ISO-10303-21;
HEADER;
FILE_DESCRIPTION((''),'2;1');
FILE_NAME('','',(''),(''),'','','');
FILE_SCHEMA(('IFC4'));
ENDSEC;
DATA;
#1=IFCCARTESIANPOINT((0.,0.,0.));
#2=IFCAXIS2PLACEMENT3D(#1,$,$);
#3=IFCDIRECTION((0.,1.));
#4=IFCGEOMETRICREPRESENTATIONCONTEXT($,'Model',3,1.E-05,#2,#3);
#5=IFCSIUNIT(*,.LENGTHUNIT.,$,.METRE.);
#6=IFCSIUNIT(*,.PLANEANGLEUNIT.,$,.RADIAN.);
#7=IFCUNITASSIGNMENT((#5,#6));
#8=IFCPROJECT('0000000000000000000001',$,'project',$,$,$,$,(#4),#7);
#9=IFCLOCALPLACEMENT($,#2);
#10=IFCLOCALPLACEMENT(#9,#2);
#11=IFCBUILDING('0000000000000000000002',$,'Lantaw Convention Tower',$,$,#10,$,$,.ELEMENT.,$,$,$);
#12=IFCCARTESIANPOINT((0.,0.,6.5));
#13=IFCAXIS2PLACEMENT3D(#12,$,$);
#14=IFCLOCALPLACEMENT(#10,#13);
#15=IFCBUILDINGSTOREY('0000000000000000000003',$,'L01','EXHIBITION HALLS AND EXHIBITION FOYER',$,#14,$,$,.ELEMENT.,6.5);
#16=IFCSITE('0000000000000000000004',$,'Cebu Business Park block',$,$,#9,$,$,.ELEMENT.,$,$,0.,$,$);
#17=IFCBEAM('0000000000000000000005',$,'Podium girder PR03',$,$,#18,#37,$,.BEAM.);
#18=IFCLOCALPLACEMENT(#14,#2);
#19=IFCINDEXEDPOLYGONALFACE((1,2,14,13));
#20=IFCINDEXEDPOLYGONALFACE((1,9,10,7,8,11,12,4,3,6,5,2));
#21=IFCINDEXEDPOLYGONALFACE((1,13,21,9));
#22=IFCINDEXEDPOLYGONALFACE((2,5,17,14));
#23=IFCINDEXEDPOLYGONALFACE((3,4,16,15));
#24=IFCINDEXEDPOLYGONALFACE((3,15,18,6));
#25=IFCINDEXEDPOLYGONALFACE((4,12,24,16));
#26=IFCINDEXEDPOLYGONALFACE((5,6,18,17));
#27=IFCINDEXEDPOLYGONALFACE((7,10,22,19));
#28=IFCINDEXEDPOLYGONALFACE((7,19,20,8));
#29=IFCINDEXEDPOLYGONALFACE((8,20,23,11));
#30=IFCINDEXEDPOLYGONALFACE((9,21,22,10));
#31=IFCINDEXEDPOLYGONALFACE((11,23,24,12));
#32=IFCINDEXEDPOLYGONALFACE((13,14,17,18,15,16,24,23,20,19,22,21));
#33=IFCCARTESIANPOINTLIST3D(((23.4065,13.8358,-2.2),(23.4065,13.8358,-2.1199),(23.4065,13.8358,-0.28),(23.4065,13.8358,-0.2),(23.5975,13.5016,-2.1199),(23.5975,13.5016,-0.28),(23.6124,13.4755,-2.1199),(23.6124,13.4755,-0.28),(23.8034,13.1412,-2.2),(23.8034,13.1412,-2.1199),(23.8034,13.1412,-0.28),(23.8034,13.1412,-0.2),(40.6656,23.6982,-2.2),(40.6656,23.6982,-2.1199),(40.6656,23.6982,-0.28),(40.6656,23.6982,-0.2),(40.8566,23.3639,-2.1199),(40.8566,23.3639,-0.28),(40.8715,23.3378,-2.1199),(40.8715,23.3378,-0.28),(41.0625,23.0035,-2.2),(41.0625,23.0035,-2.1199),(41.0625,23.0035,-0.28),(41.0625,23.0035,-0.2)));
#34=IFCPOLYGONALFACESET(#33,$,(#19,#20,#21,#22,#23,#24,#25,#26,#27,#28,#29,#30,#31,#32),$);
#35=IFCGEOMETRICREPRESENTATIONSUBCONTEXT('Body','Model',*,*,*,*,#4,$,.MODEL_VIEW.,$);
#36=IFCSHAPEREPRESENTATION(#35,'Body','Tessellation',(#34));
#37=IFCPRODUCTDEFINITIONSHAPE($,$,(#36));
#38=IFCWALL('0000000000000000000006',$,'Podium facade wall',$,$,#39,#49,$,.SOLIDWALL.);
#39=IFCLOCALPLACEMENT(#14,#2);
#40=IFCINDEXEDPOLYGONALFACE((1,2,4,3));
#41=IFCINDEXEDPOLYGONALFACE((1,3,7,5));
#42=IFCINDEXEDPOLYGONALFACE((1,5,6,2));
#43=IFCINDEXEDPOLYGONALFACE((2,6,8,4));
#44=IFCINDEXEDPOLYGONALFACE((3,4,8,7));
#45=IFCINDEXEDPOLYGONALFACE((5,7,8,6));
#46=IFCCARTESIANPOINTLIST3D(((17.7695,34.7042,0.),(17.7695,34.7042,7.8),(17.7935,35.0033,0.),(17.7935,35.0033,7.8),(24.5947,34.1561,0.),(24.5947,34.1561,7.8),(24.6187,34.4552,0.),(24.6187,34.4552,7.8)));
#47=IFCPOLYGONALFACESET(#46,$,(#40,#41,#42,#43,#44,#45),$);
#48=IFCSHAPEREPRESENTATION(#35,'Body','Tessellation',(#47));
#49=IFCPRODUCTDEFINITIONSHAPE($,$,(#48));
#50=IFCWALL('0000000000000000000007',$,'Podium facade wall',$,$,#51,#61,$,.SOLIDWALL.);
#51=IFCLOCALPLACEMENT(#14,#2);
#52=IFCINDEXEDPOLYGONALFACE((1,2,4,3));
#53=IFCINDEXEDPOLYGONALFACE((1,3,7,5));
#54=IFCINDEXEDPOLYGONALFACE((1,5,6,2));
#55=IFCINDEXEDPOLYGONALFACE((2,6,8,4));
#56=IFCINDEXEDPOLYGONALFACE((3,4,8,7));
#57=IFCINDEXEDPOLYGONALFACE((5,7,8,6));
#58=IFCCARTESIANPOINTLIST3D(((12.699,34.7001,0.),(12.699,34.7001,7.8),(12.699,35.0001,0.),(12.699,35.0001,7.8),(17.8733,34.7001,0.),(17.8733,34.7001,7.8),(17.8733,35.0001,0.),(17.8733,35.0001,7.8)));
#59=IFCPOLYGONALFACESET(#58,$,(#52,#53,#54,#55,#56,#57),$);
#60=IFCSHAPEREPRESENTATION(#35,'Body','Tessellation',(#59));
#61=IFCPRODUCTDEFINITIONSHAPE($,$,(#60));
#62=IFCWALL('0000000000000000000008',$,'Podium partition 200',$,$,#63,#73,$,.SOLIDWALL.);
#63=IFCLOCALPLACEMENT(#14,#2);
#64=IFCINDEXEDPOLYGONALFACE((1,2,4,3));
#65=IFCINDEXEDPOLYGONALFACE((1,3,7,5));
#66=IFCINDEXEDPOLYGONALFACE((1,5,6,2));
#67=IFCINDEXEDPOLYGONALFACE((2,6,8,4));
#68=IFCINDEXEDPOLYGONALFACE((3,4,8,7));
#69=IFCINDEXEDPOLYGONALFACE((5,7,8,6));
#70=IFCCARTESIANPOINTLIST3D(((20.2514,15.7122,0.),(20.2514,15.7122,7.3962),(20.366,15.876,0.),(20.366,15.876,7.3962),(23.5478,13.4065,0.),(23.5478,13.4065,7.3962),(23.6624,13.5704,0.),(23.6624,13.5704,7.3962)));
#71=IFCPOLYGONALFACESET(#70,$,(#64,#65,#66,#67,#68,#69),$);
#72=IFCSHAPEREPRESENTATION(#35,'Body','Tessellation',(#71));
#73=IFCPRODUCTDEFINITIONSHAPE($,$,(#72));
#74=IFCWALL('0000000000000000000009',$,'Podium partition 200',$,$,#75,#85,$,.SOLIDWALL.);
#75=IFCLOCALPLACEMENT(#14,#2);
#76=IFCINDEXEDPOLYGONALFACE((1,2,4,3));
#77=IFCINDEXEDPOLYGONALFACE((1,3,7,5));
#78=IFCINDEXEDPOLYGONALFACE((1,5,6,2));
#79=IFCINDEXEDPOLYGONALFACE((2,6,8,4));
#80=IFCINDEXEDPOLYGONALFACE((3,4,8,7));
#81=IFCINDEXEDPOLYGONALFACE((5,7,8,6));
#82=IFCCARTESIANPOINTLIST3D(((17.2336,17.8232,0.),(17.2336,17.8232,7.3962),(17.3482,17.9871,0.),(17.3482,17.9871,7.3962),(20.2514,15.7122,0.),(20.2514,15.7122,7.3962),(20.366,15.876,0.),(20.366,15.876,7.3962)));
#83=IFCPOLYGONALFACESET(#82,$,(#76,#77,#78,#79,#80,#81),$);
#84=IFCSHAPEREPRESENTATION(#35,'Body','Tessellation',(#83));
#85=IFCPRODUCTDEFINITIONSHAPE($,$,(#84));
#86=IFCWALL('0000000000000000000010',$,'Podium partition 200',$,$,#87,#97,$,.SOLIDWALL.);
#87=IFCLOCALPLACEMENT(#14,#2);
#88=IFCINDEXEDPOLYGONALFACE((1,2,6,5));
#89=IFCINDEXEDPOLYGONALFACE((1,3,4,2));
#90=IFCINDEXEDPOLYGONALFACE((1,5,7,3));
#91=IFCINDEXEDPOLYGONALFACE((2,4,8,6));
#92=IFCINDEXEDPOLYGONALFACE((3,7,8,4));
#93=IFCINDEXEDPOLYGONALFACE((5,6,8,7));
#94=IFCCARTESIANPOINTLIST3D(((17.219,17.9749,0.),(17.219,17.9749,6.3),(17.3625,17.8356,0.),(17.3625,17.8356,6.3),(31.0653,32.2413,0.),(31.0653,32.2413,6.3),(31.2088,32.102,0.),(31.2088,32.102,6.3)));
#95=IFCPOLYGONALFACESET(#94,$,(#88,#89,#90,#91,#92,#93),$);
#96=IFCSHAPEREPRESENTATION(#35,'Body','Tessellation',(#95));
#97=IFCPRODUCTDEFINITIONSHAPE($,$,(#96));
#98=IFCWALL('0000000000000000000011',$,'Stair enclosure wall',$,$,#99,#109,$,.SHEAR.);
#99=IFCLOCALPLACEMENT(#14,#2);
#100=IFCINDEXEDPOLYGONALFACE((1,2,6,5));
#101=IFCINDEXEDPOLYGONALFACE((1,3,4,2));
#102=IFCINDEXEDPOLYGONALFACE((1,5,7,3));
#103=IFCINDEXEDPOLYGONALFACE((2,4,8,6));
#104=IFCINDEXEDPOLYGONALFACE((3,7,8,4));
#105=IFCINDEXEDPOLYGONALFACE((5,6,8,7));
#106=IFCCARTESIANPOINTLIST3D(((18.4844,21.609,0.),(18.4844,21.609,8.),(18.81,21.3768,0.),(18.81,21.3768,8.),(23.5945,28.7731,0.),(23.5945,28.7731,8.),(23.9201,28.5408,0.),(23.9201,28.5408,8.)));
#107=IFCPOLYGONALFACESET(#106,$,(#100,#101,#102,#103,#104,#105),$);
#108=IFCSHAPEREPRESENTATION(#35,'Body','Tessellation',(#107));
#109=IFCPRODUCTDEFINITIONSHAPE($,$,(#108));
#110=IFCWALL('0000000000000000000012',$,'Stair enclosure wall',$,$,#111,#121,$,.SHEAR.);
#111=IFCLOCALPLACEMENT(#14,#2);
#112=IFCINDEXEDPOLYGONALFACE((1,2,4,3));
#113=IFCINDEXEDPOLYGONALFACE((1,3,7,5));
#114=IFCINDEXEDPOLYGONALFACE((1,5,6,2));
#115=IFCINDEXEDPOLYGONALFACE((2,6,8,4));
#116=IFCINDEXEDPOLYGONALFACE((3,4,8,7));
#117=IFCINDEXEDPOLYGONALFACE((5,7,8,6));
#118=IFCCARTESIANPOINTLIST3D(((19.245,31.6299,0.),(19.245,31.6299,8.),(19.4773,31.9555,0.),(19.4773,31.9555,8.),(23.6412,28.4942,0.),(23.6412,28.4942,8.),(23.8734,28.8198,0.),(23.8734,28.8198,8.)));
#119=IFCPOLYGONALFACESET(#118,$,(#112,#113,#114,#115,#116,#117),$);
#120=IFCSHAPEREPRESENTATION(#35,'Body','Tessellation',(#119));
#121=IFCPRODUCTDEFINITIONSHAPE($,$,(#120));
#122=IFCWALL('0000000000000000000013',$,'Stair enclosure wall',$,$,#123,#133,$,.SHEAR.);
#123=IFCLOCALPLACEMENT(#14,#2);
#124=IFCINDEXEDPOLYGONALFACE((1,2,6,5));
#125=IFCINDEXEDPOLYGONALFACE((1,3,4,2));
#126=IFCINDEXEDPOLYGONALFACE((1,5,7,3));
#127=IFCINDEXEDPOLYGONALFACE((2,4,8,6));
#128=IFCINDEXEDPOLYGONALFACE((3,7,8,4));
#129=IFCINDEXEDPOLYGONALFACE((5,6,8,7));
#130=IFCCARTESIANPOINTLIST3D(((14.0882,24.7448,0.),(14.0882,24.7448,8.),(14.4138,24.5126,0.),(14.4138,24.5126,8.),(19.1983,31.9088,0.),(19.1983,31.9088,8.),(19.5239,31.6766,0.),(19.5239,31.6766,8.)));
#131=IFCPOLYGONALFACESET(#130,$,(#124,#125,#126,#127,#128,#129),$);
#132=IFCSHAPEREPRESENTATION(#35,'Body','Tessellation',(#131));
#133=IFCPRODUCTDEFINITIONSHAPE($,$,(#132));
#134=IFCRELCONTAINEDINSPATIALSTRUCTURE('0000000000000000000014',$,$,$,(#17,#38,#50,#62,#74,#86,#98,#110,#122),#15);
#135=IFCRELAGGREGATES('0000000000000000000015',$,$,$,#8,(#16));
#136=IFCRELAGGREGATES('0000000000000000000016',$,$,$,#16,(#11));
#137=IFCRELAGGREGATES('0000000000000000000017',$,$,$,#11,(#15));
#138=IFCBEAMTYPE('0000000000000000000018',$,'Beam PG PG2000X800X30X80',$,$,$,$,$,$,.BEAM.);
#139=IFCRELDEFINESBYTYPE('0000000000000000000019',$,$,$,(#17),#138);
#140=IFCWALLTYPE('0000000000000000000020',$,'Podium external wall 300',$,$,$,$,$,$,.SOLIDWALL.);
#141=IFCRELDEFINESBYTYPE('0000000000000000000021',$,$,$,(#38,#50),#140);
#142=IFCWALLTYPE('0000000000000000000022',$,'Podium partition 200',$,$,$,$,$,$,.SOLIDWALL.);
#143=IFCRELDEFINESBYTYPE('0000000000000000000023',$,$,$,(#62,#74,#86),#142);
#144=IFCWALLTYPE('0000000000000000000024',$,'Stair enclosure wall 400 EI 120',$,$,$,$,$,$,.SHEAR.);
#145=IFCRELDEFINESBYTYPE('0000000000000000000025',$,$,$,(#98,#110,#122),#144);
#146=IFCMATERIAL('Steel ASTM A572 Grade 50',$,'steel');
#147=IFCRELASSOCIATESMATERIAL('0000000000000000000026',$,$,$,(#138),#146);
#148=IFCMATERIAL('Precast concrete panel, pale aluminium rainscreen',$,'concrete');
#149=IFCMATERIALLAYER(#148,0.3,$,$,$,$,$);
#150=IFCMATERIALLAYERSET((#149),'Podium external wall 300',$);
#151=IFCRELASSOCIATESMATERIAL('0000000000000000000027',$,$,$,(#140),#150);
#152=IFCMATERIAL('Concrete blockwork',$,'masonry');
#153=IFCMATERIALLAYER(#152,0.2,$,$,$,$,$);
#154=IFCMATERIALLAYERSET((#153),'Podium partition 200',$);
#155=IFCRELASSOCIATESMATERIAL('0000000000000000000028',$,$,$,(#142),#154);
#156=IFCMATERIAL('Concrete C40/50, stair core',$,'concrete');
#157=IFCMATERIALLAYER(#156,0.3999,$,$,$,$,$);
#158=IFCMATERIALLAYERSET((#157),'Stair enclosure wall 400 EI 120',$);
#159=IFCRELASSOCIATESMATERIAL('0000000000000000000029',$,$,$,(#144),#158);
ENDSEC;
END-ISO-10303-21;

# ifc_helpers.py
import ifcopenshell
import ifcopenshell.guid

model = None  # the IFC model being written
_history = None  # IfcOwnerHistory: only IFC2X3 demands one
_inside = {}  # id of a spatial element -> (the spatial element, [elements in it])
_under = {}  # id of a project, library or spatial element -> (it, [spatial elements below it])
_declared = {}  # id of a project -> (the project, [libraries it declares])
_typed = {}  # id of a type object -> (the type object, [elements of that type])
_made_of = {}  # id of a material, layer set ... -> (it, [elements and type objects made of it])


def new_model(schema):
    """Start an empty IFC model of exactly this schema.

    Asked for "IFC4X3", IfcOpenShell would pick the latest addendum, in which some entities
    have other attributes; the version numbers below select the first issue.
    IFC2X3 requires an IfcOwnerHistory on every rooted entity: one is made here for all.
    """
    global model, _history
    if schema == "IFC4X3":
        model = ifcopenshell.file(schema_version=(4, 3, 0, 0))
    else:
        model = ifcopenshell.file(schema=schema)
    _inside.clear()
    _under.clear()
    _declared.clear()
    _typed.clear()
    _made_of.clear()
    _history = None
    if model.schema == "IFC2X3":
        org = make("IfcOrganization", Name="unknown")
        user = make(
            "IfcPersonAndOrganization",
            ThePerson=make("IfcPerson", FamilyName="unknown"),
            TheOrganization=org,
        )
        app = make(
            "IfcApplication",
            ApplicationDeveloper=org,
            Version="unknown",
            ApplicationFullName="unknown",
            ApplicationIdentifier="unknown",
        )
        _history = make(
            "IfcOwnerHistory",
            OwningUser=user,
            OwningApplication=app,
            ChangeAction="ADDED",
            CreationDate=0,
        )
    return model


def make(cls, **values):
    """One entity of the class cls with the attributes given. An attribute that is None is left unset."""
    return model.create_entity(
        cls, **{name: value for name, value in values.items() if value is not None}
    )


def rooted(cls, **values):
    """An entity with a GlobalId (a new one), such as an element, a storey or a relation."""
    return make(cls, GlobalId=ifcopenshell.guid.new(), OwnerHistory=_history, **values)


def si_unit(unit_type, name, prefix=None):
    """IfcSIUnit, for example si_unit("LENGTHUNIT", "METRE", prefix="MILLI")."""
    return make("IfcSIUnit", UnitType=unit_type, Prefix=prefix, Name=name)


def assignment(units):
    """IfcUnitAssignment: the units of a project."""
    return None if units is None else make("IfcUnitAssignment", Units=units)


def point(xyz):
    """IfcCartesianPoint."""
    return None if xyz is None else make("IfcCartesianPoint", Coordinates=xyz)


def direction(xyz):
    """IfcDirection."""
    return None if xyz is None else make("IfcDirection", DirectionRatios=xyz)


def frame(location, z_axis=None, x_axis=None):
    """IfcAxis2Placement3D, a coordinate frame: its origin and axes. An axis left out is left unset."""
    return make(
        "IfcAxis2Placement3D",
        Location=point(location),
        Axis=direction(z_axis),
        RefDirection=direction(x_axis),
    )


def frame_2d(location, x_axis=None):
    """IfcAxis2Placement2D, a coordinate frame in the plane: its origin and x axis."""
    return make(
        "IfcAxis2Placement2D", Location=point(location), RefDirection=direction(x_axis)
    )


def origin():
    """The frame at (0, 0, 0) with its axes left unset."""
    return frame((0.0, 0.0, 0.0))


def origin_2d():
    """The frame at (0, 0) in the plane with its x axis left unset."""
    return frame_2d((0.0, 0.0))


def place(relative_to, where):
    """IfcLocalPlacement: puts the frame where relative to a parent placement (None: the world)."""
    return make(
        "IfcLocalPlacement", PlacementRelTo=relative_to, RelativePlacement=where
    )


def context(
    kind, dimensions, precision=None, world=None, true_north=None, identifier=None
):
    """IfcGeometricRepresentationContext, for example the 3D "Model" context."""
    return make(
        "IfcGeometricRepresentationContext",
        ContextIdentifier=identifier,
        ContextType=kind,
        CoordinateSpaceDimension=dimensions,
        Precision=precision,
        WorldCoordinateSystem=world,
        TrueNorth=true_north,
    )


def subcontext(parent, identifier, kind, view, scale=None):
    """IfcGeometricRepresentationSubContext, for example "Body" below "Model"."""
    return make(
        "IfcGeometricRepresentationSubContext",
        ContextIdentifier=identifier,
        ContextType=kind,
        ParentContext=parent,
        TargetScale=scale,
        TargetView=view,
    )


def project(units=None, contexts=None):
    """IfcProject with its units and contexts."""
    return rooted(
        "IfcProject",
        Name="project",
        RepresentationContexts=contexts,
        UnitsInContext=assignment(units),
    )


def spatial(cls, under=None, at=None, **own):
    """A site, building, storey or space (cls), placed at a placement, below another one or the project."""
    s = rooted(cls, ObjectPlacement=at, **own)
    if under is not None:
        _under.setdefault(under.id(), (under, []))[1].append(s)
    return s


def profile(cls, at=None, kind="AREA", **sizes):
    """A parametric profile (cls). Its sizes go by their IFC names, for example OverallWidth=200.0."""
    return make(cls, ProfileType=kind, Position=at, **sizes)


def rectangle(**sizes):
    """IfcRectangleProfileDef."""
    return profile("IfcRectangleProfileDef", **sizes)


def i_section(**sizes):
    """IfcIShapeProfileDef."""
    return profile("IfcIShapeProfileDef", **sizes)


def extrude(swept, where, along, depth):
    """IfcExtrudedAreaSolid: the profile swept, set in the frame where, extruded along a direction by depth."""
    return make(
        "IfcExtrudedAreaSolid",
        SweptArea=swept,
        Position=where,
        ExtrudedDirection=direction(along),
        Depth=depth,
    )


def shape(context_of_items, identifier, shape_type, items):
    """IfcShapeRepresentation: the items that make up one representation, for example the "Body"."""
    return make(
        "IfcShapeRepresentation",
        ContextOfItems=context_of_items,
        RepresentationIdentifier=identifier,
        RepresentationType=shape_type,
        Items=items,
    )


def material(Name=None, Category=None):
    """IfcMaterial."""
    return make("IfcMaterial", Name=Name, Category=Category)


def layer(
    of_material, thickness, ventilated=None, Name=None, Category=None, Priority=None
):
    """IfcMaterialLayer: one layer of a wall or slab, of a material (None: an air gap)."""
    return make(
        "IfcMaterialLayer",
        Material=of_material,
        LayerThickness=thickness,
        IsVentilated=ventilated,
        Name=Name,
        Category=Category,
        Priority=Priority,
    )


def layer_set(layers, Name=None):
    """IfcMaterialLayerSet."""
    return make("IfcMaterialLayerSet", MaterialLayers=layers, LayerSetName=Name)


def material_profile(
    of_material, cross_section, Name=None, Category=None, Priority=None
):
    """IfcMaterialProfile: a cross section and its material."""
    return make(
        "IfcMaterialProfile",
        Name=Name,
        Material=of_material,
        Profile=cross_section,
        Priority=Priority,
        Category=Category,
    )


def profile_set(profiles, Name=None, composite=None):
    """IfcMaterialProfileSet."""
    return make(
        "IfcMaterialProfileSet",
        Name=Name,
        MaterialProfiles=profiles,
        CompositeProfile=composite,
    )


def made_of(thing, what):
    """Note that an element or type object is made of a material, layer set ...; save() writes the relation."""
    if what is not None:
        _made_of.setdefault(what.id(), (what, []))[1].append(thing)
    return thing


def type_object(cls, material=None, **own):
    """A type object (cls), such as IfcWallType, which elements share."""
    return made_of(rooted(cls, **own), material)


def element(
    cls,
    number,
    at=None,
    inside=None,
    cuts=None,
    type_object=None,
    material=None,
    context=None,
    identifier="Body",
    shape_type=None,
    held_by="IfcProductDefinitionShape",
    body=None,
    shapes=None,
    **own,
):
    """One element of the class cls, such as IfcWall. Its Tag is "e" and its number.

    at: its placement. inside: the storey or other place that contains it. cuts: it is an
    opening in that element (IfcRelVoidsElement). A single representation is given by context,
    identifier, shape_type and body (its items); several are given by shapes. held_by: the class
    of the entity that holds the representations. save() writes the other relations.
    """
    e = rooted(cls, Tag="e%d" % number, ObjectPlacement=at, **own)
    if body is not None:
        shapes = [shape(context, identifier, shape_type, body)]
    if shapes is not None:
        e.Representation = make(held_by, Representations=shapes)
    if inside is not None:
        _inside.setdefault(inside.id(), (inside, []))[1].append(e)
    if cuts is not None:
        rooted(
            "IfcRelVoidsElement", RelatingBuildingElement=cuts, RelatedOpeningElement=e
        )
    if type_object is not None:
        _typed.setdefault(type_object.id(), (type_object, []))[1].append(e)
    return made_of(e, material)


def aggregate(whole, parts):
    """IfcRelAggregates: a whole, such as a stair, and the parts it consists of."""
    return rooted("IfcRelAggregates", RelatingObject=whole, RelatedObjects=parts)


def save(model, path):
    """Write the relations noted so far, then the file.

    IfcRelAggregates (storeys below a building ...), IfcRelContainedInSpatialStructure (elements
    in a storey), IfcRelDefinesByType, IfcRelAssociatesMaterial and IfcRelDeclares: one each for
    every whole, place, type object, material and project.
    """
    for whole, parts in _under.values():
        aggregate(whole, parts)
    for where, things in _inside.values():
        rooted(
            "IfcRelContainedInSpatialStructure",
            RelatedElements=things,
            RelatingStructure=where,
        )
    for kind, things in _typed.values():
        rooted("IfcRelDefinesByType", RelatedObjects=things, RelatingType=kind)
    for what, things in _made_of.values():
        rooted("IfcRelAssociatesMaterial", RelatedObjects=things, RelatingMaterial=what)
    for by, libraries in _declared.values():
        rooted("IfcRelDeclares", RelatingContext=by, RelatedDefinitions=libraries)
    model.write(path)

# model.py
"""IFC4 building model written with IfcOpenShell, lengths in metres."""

from ifc_helpers import new_model, si_unit, direction, frame, frame_2d, origin, origin_2d, place, context, subcontext, project, spatial, rectangle, i_section, extrude, material, layer, layer_set, material_profile, profile_set, type_object, element, save


model = new_model("IFC4")

# Units and contexts
model_context = context("Model", 3, precision=1e-05, world=origin(), true_north=direction((0.0, 1.0)))
body_context = subcontext(model_context, "Body", "Model", "MODEL_VIEW")
ifc_project = project(units=[si_unit("LENGTHUNIT", "METRE"), si_unit("PLANEANGLEUNIT", "RADIAN")], contexts=[model_context])

# Site, building, storey
site_placement = place(None, origin())
site = spatial("IfcSite", under=ifc_project, at=site_placement, Name="Cebu Business Park block", CompositionType="ELEMENT", RefElevation=0.0)
building_placement = place(site_placement, origin())
building = spatial("IfcBuilding", under=site, at=building_placement, Name="Lantaw Convention Tower", CompositionType="ELEMENT")
storey_placement = place(building_placement, frame((0.0, 0.0, 6.5)))
storey = spatial("IfcBuildingStorey", under=building, at=storey_placement, Name="L01", Description="EXHIBITION HALLS AND EXHIBITION FOYER", CompositionType="ELEMENT", Elevation=6.5)

# Shared definitions
ifc_material_1 = material(Name="Steel ASTM A572 Grade 50", Category="steel")

# Beam
ifc_material_profile_1 = material_profile(ifc_material_1, i_section(OverallWidth=0.8, OverallDepth=2.0, WebThickness=0.03, FlangeThickness=0.0801, at=origin_2d()), Name="PG2000X800X30X80")
ifc_profile_set_1 = profile_set([ifc_material_profile_1], Name="Steel ASTM A572 Grade 50")
beam_type_1 = type_object("IfcBeamType", Name="Beam PG PG2000X800X30X80", PredefinedType="BEAM", material=ifc_profile_set_1)
beam_1_placement = place(storey_placement, frame((23.605, 13.4885, -1.2), z_axis=(0.868243, 0.496139, 0.0), x_axis=(-0.496139, 0.868243, 0.0)))
element("IfcBeam", 1, at=beam_1_placement, inside=storey, type_object=beam_type_1, Name="Podium girder PR03", PredefinedType="BEAM", context=body_context, shape_type="SweptSolid", body=[
    extrude(i_section(OverallWidth=0.8, OverallDepth=2.0, WebThickness=0.03, FlangeThickness=0.0801, at=origin_2d()), origin(), (0.0, 0.0, 1.0), 19.8782),
])

# Walls
ifc_material_2 = material(Name="Precast concrete panel, pale aluminium rainscreen", Category="concrete")
ifc_layer_1 = layer(ifc_material_2, 0.3)
ifc_layer_set_1 = layer_set([ifc_layer_1], Name="Podium external wall 300")
wall_type_1 = type_object("IfcWallType", Name="Podium external wall 300", PredefinedType="SOLIDWALL", material=ifc_layer_set_1)
wall_1_placement = place(storey_placement, frame((24.6067, 34.3057, 0.0), z_axis=(0.0, 0.0, 1.0), x_axis=(-0.996791, 0.080047, 0.0)))
element("IfcWall", 2, at=wall_1_placement, inside=storey, type_object=wall_type_1, Name="Podium facade wall", PredefinedType="SOLIDWALL", context=body_context, shape_type="SweptSolid", body=[
    extrude(rectangle(XDim=6.8472, YDim=0.3, at=frame_2d((3.4236, 0.0))), origin(), (0.0, 0.0, 1.0), 7.8),
])
wall_2_placement = place(storey_placement, frame((17.8733, 34.8501, 0.0), z_axis=(0.0, 0.0, 1.0), x_axis=(-1.0, 0.0, 0.0)))
element("IfcWall", 3, at=wall_2_placement, inside=storey, type_object=wall_type_1, Name="Podium facade wall", PredefinedType="SOLIDWALL", context=body_context, shape_type="SweptSolid", body=[
    extrude(rectangle(XDim=5.1743, YDim=0.3, at=frame_2d((2.5872, 0.0))), origin(), (0.0, 0.0, 1.0), 7.8),
])
ifc_material_3 = material(Name="Concrete blockwork", Category="masonry")
ifc_layer_2 = layer(ifc_material_3, 0.2)
ifc_layer_set_2 = layer_set([ifc_layer_2], Name="Podium partition 200")
wall_type_2 = type_object("IfcWallType", Name="Podium partition 200", PredefinedType="SOLIDWALL", material=ifc_layer_set_2)
wall_3_placement = place(storey_placement, frame((23.605, 13.4885, 0.0), z_axis=(0.0, 0.0, 1.0), x_axis=(-0.819443, 0.573161, 0.0)))
element("IfcWall", 4, at=wall_3_placement, inside=storey, type_object=wall_type_2, Name="Podium partition 200", PredefinedType="SOLIDWALL", context=body_context, shape_type="SweptSolid", body=[
    extrude(rectangle(XDim=4.0227, YDim=0.2, at=frame_2d((2.0112, 0.0))), origin(), (0.0, 0.0, 1.0), 7.3962),
])
wall_4_placement = place(storey_placement, frame((20.3086, 15.7942, 0.0), z_axis=(0.0, 0.0, 1.0), x_axis=(-0.819409, 0.573209, 0.0)))
element("IfcWall", 5, at=wall_4_placement, inside=storey, type_object=wall_type_2, Name="Podium partition 200", PredefinedType="SOLIDWALL", context=body_context, shape_type="SweptSolid", body=[
    extrude(rectangle(XDim=3.6829, YDim=0.2, at=frame_2d((1.8413, 0.0))), origin(), (0.0, 0.0, 1.0), 7.3962),
])

# Walls
wall_5_placement = place(storey_placement, frame((17.2908, 17.9053, 0.0), z_axis=(0.0, 0.0, 1.0), x_axis=(0.696461, 0.717595, 0.0)))
element("IfcWall", 6, at=wall_5_placement, inside=storey, type_object=wall_type_2, Name="Podium partition 200", PredefinedType="SOLIDWALL", context=body_context, shape_type="SweptSolid", body=[
    extrude(rectangle(XDim=19.8809, YDim=0.2, at=frame_2d((9.9404, 0.0))), origin(), (0.0, 0.0, 1.0), 6.3),
])
ifc_material_4 = material(Name="Concrete C40/50, stair core", Category="concrete")
ifc_layer_3 = layer(ifc_material_4, 0.3999)
ifc_layer_set_3 = layer_set([ifc_layer_3], Name="Stair enclosure wall 400 EI 120")
wall_type_3 = type_object("IfcWallType", Name="Stair enclosure wall 400 EI 120", PredefinedType="SHEAR", material=ifc_layer_set_3)
wall_6_placement = place(storey_placement, frame((18.6472, 21.4929, 0.0), z_axis=(0.0, 0.0, 1.0), x_axis=(0.580705, 0.814114, 0.0)))
element("IfcWall", 7, at=wall_6_placement, inside=storey, type_object=wall_type_3, Name="Stair enclosure wall", PredefinedType="SHEAR", context=body_context, shape_type="SweptSolid", body=[
    extrude(rectangle(XDim=8.7998, YDim=0.3999, at=frame_2d((4.3999, 0.0))), origin(), (0.0, 0.0, 1.0), 8.0),
])
wall_7_placement = place(storey_placement, frame((23.7573, 28.657, 0.0), z_axis=(0.0, 0.0, 1.0), x_axis=(-0.814121, 0.580695, 0.0)))
element("IfcWall", 8, at=wall_7_placement, inside=storey, type_object=wall_type_3, Name="Stair enclosure wall", PredefinedType="SHEAR", context=body_context, shape_type="SweptSolid", body=[
    extrude(rectangle(XDim=5.3999, YDim=0.3999, at=frame_2d((2.7, 0.0))), origin(), (0.0, 0.0, 1.0), 8.0),
])
wall_8_placement = place(storey_placement, frame((19.3611, 31.7927, 0.0), z_axis=(0.0, 0.0, 1.0), x_axis=(-0.580705, -0.814114, 0.0)))
element("IfcWall", 9, at=wall_8_placement, inside=storey, type_object=wall_type_3, Name="Stair enclosure wall", PredefinedType="SHEAR", context=body_context, shape_type="SweptSolid", body=[
    extrude(rectangle(XDim=8.7998, YDim=0.3999, at=frame_2d((4.3999, 0.0))), origin(), (0.0, 0.0, 1.0), 8.0),
])

save(model, "model.ifc")
